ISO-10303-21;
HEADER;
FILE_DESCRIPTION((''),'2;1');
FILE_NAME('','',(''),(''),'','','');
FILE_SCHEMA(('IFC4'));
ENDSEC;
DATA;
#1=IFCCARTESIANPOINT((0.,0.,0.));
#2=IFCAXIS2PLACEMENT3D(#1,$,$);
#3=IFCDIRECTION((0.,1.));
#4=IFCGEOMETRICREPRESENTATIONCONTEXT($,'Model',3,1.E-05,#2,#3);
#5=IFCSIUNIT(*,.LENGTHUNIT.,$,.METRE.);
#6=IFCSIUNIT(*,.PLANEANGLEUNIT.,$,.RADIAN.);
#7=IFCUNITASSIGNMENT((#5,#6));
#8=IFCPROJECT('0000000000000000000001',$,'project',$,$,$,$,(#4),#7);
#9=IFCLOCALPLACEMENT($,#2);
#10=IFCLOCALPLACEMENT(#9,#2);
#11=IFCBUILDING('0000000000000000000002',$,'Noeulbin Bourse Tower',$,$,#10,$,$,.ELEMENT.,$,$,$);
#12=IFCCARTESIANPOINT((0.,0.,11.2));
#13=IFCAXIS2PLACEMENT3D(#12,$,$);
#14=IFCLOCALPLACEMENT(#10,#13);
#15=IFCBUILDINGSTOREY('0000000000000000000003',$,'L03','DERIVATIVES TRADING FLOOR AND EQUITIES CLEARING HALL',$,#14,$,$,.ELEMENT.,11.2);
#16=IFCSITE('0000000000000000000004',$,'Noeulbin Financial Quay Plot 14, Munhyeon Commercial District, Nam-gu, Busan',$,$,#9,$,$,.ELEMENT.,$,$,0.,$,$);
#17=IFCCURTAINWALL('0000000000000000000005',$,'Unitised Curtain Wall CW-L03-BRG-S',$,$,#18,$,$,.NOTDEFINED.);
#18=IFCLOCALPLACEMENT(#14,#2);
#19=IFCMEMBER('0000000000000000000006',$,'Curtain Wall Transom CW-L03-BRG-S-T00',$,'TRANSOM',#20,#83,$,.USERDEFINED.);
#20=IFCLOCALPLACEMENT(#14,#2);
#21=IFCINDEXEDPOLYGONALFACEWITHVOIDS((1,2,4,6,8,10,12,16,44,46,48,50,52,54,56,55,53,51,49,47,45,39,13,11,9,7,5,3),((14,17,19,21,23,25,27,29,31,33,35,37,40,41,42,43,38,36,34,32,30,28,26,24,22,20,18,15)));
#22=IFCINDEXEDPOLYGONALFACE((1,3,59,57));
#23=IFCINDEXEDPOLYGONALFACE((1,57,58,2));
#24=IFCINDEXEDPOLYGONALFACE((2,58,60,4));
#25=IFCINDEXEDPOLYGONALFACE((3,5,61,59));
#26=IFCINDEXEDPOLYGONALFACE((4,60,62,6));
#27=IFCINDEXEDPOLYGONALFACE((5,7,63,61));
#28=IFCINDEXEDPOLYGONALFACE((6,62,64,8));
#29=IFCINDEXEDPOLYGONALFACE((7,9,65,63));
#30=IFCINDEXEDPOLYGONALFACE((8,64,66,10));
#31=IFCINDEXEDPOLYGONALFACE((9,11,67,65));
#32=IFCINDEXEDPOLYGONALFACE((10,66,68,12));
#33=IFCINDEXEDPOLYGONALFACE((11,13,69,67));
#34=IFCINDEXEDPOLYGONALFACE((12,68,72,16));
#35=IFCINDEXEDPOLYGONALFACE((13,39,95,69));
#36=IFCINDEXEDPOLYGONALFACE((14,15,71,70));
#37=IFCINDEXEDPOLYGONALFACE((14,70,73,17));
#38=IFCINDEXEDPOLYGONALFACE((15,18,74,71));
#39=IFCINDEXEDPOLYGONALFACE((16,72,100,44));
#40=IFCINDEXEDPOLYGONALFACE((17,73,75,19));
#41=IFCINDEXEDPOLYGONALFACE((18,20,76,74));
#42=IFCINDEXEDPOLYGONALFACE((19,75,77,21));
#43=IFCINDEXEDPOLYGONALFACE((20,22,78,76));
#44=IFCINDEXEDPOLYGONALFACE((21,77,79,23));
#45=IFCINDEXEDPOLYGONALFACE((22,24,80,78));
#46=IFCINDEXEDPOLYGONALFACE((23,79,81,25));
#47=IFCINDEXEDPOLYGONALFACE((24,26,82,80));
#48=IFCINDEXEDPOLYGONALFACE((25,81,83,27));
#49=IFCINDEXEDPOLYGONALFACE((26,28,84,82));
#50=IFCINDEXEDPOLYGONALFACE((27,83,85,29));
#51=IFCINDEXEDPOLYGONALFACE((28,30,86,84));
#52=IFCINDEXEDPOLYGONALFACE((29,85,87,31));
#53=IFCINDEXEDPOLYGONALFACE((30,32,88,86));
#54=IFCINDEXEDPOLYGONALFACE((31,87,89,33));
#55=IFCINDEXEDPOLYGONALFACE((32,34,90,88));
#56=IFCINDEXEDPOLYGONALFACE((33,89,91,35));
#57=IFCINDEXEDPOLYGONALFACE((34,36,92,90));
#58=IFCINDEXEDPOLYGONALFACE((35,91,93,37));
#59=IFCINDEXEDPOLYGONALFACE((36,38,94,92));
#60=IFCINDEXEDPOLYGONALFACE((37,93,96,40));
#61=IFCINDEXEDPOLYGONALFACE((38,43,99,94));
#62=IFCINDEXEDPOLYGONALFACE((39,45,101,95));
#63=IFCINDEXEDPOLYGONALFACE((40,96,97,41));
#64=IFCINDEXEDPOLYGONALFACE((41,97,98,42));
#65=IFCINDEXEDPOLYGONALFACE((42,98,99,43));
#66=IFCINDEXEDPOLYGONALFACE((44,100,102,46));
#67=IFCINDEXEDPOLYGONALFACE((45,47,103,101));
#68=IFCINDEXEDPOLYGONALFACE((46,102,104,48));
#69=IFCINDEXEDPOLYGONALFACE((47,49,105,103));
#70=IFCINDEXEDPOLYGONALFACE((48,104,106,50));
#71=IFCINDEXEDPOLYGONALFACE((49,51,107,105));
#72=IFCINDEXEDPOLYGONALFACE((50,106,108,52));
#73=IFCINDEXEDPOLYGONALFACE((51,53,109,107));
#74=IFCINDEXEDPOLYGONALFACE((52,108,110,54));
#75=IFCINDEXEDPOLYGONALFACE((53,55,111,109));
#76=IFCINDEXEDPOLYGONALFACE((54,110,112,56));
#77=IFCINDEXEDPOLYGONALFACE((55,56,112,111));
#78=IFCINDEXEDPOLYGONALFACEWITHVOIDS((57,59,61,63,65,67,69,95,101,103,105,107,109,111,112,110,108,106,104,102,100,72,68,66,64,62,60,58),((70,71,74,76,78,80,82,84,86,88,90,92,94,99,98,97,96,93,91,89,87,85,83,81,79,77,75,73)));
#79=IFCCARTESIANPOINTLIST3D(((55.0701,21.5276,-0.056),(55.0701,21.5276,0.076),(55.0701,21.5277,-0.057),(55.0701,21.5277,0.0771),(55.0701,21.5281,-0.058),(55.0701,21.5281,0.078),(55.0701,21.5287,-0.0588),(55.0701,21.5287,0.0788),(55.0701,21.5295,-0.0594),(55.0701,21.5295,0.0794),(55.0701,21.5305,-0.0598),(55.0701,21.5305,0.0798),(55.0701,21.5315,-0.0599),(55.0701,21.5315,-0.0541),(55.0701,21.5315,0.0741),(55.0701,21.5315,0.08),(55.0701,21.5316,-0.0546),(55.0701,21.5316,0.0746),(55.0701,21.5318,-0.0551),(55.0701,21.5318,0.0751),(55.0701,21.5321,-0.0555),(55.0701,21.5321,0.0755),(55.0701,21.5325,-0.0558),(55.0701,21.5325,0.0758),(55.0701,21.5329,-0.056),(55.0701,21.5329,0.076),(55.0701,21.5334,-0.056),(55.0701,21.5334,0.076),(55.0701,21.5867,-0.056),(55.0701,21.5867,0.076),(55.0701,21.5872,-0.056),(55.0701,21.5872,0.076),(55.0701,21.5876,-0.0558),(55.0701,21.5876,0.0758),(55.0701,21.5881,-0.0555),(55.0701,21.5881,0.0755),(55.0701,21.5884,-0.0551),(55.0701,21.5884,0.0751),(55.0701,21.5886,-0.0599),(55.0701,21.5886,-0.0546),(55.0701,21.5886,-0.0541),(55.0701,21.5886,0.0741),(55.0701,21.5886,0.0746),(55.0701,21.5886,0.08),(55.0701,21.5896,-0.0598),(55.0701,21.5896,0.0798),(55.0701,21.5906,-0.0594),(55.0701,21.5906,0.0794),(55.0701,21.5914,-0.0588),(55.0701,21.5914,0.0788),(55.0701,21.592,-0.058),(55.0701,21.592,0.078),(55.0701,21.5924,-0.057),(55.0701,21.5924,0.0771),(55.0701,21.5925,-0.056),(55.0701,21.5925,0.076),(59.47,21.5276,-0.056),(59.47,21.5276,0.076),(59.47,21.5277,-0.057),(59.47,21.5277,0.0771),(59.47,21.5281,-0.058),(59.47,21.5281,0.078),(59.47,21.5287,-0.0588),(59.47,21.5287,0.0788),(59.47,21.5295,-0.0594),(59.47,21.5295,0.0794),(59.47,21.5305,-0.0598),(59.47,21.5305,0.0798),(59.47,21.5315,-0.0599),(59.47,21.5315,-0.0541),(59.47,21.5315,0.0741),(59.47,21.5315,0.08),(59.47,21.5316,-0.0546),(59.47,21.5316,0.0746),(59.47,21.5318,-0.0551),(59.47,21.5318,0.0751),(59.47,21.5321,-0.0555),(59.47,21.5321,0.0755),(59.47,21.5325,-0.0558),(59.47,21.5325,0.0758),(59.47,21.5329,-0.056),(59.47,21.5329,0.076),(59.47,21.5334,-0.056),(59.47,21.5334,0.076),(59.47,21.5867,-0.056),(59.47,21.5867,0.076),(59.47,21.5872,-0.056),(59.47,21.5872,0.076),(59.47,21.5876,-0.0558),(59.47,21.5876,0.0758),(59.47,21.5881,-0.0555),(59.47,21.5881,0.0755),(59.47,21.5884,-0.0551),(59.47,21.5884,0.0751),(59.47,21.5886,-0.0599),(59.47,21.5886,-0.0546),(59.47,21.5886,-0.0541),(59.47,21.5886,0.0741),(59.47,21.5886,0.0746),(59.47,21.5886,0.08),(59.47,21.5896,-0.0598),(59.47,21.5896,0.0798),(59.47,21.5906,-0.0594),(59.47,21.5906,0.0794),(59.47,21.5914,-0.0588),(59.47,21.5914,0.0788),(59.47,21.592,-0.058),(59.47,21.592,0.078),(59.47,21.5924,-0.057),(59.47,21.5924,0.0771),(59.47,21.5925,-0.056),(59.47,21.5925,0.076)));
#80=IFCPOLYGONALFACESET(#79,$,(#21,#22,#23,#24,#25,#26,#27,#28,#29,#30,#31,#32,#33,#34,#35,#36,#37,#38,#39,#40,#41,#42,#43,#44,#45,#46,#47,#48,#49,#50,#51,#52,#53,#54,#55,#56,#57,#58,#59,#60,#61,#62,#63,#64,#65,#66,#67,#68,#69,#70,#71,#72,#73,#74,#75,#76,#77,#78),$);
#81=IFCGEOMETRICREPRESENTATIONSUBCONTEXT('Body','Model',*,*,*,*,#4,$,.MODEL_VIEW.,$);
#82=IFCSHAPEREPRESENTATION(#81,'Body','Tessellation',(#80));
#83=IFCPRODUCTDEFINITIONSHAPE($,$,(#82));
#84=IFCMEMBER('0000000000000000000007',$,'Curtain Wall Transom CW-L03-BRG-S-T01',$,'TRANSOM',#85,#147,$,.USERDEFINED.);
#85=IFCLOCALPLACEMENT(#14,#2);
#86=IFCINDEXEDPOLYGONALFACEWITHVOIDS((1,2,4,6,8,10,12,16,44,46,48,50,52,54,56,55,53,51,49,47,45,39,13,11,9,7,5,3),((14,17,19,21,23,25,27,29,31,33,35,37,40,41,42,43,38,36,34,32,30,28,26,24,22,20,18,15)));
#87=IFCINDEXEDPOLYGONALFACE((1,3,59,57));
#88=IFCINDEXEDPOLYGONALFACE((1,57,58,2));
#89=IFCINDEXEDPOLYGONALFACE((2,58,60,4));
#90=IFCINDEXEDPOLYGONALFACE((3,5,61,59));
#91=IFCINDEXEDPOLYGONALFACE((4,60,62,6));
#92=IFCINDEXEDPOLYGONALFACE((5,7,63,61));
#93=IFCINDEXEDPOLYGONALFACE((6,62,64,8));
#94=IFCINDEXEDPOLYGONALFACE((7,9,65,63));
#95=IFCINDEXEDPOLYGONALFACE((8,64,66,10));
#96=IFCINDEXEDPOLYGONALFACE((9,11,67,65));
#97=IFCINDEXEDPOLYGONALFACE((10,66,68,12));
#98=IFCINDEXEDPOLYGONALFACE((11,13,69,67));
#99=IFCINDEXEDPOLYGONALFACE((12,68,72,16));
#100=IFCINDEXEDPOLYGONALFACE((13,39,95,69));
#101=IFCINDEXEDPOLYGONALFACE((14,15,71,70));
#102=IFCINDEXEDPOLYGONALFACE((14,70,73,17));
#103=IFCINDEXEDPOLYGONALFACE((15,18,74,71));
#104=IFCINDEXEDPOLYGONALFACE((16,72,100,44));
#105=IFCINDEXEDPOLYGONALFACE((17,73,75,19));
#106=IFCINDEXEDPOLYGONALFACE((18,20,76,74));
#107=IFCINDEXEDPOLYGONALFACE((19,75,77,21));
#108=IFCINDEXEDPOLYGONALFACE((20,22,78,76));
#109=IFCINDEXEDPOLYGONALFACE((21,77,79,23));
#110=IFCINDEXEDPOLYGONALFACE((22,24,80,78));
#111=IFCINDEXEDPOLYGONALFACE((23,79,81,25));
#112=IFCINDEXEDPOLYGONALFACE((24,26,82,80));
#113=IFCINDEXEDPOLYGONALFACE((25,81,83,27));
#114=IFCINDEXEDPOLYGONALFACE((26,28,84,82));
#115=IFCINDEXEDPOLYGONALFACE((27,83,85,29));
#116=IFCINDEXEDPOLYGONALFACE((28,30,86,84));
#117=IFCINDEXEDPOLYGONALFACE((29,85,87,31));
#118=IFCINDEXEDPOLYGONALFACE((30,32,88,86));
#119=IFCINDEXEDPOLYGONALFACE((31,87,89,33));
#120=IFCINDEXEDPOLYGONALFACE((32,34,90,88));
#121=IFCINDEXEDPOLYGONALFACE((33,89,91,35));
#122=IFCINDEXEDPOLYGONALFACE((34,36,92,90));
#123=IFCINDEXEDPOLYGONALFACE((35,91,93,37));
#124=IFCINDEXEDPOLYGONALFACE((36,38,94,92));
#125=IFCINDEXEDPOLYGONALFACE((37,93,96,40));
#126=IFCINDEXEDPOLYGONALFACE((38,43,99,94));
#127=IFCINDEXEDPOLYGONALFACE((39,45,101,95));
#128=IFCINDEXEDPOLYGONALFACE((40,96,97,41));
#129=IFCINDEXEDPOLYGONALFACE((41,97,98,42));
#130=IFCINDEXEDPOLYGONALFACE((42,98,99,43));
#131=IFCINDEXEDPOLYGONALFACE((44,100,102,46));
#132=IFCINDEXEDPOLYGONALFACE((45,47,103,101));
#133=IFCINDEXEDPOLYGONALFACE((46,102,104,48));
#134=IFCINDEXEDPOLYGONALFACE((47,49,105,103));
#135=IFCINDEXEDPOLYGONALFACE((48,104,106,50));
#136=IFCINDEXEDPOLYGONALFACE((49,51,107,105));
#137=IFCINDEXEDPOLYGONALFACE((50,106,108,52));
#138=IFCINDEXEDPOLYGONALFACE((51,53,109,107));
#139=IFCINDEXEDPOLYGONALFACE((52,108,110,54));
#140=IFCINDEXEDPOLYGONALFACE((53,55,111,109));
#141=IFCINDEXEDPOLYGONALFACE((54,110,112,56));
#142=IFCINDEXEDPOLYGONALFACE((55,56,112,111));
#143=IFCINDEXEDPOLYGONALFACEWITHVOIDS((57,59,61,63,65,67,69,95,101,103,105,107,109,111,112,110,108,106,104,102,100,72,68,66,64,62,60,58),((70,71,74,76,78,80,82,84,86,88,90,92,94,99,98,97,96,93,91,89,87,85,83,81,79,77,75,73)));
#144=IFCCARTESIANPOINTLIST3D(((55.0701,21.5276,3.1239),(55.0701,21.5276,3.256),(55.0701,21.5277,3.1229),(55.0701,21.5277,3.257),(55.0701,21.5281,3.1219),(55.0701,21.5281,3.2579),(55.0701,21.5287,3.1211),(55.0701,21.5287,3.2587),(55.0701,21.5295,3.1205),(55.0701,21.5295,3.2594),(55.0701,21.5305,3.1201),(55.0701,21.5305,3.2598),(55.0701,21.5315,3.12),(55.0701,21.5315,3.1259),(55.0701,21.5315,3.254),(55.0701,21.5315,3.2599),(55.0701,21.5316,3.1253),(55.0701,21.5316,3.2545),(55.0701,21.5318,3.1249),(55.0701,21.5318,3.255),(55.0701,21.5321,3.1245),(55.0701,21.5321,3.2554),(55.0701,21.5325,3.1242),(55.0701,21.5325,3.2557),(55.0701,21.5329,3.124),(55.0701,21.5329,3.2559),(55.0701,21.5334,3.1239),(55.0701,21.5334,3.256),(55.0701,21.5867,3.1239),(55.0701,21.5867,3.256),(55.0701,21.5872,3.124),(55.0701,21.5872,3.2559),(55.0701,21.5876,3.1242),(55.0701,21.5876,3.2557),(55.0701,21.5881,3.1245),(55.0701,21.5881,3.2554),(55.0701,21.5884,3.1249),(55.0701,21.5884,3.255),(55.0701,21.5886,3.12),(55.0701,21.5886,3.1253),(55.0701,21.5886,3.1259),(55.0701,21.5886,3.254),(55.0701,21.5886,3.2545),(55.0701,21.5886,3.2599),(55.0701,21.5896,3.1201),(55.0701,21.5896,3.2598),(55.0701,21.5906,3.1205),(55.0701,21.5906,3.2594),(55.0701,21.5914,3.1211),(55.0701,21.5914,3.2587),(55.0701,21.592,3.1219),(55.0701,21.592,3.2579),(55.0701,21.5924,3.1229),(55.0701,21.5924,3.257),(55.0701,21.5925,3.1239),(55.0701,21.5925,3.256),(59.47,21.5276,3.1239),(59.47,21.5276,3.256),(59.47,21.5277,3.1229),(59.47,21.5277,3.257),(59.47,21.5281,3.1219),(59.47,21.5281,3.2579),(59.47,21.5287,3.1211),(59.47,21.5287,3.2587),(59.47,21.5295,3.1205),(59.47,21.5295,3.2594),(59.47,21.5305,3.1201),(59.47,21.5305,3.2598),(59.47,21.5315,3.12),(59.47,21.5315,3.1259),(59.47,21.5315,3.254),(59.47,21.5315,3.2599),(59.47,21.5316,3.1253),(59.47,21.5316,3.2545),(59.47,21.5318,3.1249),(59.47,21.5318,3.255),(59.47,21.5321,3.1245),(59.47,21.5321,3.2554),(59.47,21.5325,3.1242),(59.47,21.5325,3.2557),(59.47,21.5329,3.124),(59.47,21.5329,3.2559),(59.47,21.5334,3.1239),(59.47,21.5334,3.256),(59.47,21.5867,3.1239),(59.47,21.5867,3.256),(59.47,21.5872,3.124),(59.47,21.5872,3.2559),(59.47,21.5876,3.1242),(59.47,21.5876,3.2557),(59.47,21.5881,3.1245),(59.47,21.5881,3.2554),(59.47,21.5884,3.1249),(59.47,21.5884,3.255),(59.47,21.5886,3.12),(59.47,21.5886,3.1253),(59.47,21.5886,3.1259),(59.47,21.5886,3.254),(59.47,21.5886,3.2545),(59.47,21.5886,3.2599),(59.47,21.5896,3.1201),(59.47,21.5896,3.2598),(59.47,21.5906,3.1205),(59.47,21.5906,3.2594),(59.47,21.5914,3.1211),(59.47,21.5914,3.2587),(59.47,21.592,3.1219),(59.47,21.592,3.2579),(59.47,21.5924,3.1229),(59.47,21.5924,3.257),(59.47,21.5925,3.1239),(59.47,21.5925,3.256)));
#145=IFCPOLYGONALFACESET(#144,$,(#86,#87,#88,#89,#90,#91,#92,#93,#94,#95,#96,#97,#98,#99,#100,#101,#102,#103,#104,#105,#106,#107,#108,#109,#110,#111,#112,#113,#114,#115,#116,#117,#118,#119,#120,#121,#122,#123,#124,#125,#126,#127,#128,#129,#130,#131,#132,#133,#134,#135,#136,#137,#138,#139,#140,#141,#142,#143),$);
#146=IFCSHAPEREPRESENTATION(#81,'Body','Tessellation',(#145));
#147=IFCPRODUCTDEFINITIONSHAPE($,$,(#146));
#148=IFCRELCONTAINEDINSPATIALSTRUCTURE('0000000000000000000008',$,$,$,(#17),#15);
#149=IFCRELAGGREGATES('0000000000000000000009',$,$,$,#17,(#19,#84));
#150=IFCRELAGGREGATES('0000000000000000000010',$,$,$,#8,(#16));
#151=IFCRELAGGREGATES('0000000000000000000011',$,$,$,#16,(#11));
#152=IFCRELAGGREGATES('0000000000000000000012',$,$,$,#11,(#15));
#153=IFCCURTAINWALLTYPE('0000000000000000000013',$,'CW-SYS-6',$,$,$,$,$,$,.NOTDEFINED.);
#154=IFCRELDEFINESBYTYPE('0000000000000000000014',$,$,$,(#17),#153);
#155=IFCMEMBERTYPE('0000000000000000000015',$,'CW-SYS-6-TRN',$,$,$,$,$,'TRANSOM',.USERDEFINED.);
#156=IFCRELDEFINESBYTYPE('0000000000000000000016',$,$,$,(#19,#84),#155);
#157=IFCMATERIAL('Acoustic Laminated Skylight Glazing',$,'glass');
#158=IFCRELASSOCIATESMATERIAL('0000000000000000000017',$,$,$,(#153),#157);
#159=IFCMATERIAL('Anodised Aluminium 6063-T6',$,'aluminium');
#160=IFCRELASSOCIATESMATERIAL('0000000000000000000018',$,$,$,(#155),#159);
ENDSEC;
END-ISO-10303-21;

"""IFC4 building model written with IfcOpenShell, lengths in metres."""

from ifc_helpers import new_model, si_unit, direction, frame, origin, origin_2d, place, context, subcontext, project, spatial, hollow_rectangle, extrude, material, material_profile, profile_set, type_object, element, aggregate, save


model = new_model("IFC4")

# Units and contexts
model_context = context("Model", 3, precision=1e-05, world=origin(), true_north=direction((0.0, 1.0)))
body_context = subcontext(model_context, "Body", "Model", "MODEL_VIEW")
ifc_project = project(units=[si_unit("LENGTHUNIT", "METRE"), si_unit("PLANEANGLEUNIT", "RADIAN")], contexts=[model_context])

# Site, building, storey
site_placement = place(None, origin())
site = spatial("IfcSite", under=ifc_project, at=site_placement, Name="Noeulbin Financial Quay Plot 14, Munhyeon Commercial District, Nam-gu, Busan", CompositionType="ELEMENT", RefElevation=0.0)
building_placement = place(site_placement, origin())
building = spatial("IfcBuilding", under=site, at=building_placement, Name="Noeulbin Bourse Tower", CompositionType="ELEMENT")
storey_placement = place(building_placement, frame((0.0, 0.0, 11.2)))
storey = spatial("IfcBuildingStorey", under=building, at=storey_placement, Name="L03", Description="DERIVATIVES TRADING FLOOR AND EQUITIES CLEARING HALL", CompositionType="ELEMENT", Elevation=11.2)

# Shared definitions
ifc_material_1 = material(Name="Anodised Aluminium 6063-T6", Category="aluminium")

# Curtain wall
ifc_material_2 = material(Name="Acoustic Laminated Skylight Glazing", Category="glass")
curtain_wall_type_1 = type_object("IfcCurtainWallType", Name="CW-SYS-6", PredefinedType="NOTDEFINED", material=ifc_material_2)
curtain_wall_1_placement = place(storey_placement, origin())
curtain_wall_1 = element("IfcCurtainWall", 1, at=curtain_wall_1_placement, inside=storey, type_object=curtain_wall_type_1, Name="Unitised Curtain Wall CW-L03-BRG-S", PredefinedType="NOTDEFINED")

# Members
ifc_material_profile_1 = material_profile(ifc_material_1, hollow_rectangle(XDim=0.0649, YDim=0.1399, WallThickness=0.0039, InnerFilletRadius=0.002, OuterFilletRadius=0.0039, at=origin_2d()), Name="ALU-TRAN-65x140x4", Category="LoadBearing")
ifc_profile_set_1 = profile_set([ifc_material_profile_1], Name="Anodised Aluminium 6063-T6")
member_type_1 = type_object("IfcMemberType", Name="CW-SYS-6-TRN", ElementType="TRANSOM", PredefinedType="USERDEFINED", material=ifc_profile_set_1)
member_1_placement = place(storey_placement, frame((55.0701, 21.5601, 0.01), z_axis=(1.0, 0.0, 0.0), x_axis=(0.0, 1.0, 0.0)))
member_1 = element("IfcMember", 2, at=member_1_placement, type_object=member_type_1, Name="Curtain Wall Transom CW-L03-BRG-S-T00", ObjectType="TRANSOM", PredefinedType="USERDEFINED", context=body_context, shape_type="SweptSolid", body=[
    extrude(hollow_rectangle(XDim=0.0649, YDim=0.1399, WallThickness=0.0039, InnerFilletRadius=0.002, OuterFilletRadius=0.0039, at=origin_2d()), origin(), (0.0, 0.0, 1.0), 4.3999),
])
member_2_placement = place(storey_placement, frame((55.0701, 21.5601, 3.1899), z_axis=(1.0, 0.0, 0.0), x_axis=(0.0, 1.0, 0.0)))
member_2 = element("IfcMember", 3, at=member_2_placement, type_object=member_type_1, Name="Curtain Wall Transom CW-L03-BRG-S-T01", ObjectType="TRANSOM", PredefinedType="USERDEFINED", context=body_context, shape_type="SweptSolid", body=[
    extrude(hollow_rectangle(XDim=0.0649, YDim=0.1399, WallThickness=0.0039, InnerFilletRadius=0.002, OuterFilletRadius=0.0039, at=origin_2d()), origin(), (0.0, 0.0, 1.0), 4.3999),
])

aggregate(curtain_wall_1, [member_1, member_2])

save(model, "model.ifc")
